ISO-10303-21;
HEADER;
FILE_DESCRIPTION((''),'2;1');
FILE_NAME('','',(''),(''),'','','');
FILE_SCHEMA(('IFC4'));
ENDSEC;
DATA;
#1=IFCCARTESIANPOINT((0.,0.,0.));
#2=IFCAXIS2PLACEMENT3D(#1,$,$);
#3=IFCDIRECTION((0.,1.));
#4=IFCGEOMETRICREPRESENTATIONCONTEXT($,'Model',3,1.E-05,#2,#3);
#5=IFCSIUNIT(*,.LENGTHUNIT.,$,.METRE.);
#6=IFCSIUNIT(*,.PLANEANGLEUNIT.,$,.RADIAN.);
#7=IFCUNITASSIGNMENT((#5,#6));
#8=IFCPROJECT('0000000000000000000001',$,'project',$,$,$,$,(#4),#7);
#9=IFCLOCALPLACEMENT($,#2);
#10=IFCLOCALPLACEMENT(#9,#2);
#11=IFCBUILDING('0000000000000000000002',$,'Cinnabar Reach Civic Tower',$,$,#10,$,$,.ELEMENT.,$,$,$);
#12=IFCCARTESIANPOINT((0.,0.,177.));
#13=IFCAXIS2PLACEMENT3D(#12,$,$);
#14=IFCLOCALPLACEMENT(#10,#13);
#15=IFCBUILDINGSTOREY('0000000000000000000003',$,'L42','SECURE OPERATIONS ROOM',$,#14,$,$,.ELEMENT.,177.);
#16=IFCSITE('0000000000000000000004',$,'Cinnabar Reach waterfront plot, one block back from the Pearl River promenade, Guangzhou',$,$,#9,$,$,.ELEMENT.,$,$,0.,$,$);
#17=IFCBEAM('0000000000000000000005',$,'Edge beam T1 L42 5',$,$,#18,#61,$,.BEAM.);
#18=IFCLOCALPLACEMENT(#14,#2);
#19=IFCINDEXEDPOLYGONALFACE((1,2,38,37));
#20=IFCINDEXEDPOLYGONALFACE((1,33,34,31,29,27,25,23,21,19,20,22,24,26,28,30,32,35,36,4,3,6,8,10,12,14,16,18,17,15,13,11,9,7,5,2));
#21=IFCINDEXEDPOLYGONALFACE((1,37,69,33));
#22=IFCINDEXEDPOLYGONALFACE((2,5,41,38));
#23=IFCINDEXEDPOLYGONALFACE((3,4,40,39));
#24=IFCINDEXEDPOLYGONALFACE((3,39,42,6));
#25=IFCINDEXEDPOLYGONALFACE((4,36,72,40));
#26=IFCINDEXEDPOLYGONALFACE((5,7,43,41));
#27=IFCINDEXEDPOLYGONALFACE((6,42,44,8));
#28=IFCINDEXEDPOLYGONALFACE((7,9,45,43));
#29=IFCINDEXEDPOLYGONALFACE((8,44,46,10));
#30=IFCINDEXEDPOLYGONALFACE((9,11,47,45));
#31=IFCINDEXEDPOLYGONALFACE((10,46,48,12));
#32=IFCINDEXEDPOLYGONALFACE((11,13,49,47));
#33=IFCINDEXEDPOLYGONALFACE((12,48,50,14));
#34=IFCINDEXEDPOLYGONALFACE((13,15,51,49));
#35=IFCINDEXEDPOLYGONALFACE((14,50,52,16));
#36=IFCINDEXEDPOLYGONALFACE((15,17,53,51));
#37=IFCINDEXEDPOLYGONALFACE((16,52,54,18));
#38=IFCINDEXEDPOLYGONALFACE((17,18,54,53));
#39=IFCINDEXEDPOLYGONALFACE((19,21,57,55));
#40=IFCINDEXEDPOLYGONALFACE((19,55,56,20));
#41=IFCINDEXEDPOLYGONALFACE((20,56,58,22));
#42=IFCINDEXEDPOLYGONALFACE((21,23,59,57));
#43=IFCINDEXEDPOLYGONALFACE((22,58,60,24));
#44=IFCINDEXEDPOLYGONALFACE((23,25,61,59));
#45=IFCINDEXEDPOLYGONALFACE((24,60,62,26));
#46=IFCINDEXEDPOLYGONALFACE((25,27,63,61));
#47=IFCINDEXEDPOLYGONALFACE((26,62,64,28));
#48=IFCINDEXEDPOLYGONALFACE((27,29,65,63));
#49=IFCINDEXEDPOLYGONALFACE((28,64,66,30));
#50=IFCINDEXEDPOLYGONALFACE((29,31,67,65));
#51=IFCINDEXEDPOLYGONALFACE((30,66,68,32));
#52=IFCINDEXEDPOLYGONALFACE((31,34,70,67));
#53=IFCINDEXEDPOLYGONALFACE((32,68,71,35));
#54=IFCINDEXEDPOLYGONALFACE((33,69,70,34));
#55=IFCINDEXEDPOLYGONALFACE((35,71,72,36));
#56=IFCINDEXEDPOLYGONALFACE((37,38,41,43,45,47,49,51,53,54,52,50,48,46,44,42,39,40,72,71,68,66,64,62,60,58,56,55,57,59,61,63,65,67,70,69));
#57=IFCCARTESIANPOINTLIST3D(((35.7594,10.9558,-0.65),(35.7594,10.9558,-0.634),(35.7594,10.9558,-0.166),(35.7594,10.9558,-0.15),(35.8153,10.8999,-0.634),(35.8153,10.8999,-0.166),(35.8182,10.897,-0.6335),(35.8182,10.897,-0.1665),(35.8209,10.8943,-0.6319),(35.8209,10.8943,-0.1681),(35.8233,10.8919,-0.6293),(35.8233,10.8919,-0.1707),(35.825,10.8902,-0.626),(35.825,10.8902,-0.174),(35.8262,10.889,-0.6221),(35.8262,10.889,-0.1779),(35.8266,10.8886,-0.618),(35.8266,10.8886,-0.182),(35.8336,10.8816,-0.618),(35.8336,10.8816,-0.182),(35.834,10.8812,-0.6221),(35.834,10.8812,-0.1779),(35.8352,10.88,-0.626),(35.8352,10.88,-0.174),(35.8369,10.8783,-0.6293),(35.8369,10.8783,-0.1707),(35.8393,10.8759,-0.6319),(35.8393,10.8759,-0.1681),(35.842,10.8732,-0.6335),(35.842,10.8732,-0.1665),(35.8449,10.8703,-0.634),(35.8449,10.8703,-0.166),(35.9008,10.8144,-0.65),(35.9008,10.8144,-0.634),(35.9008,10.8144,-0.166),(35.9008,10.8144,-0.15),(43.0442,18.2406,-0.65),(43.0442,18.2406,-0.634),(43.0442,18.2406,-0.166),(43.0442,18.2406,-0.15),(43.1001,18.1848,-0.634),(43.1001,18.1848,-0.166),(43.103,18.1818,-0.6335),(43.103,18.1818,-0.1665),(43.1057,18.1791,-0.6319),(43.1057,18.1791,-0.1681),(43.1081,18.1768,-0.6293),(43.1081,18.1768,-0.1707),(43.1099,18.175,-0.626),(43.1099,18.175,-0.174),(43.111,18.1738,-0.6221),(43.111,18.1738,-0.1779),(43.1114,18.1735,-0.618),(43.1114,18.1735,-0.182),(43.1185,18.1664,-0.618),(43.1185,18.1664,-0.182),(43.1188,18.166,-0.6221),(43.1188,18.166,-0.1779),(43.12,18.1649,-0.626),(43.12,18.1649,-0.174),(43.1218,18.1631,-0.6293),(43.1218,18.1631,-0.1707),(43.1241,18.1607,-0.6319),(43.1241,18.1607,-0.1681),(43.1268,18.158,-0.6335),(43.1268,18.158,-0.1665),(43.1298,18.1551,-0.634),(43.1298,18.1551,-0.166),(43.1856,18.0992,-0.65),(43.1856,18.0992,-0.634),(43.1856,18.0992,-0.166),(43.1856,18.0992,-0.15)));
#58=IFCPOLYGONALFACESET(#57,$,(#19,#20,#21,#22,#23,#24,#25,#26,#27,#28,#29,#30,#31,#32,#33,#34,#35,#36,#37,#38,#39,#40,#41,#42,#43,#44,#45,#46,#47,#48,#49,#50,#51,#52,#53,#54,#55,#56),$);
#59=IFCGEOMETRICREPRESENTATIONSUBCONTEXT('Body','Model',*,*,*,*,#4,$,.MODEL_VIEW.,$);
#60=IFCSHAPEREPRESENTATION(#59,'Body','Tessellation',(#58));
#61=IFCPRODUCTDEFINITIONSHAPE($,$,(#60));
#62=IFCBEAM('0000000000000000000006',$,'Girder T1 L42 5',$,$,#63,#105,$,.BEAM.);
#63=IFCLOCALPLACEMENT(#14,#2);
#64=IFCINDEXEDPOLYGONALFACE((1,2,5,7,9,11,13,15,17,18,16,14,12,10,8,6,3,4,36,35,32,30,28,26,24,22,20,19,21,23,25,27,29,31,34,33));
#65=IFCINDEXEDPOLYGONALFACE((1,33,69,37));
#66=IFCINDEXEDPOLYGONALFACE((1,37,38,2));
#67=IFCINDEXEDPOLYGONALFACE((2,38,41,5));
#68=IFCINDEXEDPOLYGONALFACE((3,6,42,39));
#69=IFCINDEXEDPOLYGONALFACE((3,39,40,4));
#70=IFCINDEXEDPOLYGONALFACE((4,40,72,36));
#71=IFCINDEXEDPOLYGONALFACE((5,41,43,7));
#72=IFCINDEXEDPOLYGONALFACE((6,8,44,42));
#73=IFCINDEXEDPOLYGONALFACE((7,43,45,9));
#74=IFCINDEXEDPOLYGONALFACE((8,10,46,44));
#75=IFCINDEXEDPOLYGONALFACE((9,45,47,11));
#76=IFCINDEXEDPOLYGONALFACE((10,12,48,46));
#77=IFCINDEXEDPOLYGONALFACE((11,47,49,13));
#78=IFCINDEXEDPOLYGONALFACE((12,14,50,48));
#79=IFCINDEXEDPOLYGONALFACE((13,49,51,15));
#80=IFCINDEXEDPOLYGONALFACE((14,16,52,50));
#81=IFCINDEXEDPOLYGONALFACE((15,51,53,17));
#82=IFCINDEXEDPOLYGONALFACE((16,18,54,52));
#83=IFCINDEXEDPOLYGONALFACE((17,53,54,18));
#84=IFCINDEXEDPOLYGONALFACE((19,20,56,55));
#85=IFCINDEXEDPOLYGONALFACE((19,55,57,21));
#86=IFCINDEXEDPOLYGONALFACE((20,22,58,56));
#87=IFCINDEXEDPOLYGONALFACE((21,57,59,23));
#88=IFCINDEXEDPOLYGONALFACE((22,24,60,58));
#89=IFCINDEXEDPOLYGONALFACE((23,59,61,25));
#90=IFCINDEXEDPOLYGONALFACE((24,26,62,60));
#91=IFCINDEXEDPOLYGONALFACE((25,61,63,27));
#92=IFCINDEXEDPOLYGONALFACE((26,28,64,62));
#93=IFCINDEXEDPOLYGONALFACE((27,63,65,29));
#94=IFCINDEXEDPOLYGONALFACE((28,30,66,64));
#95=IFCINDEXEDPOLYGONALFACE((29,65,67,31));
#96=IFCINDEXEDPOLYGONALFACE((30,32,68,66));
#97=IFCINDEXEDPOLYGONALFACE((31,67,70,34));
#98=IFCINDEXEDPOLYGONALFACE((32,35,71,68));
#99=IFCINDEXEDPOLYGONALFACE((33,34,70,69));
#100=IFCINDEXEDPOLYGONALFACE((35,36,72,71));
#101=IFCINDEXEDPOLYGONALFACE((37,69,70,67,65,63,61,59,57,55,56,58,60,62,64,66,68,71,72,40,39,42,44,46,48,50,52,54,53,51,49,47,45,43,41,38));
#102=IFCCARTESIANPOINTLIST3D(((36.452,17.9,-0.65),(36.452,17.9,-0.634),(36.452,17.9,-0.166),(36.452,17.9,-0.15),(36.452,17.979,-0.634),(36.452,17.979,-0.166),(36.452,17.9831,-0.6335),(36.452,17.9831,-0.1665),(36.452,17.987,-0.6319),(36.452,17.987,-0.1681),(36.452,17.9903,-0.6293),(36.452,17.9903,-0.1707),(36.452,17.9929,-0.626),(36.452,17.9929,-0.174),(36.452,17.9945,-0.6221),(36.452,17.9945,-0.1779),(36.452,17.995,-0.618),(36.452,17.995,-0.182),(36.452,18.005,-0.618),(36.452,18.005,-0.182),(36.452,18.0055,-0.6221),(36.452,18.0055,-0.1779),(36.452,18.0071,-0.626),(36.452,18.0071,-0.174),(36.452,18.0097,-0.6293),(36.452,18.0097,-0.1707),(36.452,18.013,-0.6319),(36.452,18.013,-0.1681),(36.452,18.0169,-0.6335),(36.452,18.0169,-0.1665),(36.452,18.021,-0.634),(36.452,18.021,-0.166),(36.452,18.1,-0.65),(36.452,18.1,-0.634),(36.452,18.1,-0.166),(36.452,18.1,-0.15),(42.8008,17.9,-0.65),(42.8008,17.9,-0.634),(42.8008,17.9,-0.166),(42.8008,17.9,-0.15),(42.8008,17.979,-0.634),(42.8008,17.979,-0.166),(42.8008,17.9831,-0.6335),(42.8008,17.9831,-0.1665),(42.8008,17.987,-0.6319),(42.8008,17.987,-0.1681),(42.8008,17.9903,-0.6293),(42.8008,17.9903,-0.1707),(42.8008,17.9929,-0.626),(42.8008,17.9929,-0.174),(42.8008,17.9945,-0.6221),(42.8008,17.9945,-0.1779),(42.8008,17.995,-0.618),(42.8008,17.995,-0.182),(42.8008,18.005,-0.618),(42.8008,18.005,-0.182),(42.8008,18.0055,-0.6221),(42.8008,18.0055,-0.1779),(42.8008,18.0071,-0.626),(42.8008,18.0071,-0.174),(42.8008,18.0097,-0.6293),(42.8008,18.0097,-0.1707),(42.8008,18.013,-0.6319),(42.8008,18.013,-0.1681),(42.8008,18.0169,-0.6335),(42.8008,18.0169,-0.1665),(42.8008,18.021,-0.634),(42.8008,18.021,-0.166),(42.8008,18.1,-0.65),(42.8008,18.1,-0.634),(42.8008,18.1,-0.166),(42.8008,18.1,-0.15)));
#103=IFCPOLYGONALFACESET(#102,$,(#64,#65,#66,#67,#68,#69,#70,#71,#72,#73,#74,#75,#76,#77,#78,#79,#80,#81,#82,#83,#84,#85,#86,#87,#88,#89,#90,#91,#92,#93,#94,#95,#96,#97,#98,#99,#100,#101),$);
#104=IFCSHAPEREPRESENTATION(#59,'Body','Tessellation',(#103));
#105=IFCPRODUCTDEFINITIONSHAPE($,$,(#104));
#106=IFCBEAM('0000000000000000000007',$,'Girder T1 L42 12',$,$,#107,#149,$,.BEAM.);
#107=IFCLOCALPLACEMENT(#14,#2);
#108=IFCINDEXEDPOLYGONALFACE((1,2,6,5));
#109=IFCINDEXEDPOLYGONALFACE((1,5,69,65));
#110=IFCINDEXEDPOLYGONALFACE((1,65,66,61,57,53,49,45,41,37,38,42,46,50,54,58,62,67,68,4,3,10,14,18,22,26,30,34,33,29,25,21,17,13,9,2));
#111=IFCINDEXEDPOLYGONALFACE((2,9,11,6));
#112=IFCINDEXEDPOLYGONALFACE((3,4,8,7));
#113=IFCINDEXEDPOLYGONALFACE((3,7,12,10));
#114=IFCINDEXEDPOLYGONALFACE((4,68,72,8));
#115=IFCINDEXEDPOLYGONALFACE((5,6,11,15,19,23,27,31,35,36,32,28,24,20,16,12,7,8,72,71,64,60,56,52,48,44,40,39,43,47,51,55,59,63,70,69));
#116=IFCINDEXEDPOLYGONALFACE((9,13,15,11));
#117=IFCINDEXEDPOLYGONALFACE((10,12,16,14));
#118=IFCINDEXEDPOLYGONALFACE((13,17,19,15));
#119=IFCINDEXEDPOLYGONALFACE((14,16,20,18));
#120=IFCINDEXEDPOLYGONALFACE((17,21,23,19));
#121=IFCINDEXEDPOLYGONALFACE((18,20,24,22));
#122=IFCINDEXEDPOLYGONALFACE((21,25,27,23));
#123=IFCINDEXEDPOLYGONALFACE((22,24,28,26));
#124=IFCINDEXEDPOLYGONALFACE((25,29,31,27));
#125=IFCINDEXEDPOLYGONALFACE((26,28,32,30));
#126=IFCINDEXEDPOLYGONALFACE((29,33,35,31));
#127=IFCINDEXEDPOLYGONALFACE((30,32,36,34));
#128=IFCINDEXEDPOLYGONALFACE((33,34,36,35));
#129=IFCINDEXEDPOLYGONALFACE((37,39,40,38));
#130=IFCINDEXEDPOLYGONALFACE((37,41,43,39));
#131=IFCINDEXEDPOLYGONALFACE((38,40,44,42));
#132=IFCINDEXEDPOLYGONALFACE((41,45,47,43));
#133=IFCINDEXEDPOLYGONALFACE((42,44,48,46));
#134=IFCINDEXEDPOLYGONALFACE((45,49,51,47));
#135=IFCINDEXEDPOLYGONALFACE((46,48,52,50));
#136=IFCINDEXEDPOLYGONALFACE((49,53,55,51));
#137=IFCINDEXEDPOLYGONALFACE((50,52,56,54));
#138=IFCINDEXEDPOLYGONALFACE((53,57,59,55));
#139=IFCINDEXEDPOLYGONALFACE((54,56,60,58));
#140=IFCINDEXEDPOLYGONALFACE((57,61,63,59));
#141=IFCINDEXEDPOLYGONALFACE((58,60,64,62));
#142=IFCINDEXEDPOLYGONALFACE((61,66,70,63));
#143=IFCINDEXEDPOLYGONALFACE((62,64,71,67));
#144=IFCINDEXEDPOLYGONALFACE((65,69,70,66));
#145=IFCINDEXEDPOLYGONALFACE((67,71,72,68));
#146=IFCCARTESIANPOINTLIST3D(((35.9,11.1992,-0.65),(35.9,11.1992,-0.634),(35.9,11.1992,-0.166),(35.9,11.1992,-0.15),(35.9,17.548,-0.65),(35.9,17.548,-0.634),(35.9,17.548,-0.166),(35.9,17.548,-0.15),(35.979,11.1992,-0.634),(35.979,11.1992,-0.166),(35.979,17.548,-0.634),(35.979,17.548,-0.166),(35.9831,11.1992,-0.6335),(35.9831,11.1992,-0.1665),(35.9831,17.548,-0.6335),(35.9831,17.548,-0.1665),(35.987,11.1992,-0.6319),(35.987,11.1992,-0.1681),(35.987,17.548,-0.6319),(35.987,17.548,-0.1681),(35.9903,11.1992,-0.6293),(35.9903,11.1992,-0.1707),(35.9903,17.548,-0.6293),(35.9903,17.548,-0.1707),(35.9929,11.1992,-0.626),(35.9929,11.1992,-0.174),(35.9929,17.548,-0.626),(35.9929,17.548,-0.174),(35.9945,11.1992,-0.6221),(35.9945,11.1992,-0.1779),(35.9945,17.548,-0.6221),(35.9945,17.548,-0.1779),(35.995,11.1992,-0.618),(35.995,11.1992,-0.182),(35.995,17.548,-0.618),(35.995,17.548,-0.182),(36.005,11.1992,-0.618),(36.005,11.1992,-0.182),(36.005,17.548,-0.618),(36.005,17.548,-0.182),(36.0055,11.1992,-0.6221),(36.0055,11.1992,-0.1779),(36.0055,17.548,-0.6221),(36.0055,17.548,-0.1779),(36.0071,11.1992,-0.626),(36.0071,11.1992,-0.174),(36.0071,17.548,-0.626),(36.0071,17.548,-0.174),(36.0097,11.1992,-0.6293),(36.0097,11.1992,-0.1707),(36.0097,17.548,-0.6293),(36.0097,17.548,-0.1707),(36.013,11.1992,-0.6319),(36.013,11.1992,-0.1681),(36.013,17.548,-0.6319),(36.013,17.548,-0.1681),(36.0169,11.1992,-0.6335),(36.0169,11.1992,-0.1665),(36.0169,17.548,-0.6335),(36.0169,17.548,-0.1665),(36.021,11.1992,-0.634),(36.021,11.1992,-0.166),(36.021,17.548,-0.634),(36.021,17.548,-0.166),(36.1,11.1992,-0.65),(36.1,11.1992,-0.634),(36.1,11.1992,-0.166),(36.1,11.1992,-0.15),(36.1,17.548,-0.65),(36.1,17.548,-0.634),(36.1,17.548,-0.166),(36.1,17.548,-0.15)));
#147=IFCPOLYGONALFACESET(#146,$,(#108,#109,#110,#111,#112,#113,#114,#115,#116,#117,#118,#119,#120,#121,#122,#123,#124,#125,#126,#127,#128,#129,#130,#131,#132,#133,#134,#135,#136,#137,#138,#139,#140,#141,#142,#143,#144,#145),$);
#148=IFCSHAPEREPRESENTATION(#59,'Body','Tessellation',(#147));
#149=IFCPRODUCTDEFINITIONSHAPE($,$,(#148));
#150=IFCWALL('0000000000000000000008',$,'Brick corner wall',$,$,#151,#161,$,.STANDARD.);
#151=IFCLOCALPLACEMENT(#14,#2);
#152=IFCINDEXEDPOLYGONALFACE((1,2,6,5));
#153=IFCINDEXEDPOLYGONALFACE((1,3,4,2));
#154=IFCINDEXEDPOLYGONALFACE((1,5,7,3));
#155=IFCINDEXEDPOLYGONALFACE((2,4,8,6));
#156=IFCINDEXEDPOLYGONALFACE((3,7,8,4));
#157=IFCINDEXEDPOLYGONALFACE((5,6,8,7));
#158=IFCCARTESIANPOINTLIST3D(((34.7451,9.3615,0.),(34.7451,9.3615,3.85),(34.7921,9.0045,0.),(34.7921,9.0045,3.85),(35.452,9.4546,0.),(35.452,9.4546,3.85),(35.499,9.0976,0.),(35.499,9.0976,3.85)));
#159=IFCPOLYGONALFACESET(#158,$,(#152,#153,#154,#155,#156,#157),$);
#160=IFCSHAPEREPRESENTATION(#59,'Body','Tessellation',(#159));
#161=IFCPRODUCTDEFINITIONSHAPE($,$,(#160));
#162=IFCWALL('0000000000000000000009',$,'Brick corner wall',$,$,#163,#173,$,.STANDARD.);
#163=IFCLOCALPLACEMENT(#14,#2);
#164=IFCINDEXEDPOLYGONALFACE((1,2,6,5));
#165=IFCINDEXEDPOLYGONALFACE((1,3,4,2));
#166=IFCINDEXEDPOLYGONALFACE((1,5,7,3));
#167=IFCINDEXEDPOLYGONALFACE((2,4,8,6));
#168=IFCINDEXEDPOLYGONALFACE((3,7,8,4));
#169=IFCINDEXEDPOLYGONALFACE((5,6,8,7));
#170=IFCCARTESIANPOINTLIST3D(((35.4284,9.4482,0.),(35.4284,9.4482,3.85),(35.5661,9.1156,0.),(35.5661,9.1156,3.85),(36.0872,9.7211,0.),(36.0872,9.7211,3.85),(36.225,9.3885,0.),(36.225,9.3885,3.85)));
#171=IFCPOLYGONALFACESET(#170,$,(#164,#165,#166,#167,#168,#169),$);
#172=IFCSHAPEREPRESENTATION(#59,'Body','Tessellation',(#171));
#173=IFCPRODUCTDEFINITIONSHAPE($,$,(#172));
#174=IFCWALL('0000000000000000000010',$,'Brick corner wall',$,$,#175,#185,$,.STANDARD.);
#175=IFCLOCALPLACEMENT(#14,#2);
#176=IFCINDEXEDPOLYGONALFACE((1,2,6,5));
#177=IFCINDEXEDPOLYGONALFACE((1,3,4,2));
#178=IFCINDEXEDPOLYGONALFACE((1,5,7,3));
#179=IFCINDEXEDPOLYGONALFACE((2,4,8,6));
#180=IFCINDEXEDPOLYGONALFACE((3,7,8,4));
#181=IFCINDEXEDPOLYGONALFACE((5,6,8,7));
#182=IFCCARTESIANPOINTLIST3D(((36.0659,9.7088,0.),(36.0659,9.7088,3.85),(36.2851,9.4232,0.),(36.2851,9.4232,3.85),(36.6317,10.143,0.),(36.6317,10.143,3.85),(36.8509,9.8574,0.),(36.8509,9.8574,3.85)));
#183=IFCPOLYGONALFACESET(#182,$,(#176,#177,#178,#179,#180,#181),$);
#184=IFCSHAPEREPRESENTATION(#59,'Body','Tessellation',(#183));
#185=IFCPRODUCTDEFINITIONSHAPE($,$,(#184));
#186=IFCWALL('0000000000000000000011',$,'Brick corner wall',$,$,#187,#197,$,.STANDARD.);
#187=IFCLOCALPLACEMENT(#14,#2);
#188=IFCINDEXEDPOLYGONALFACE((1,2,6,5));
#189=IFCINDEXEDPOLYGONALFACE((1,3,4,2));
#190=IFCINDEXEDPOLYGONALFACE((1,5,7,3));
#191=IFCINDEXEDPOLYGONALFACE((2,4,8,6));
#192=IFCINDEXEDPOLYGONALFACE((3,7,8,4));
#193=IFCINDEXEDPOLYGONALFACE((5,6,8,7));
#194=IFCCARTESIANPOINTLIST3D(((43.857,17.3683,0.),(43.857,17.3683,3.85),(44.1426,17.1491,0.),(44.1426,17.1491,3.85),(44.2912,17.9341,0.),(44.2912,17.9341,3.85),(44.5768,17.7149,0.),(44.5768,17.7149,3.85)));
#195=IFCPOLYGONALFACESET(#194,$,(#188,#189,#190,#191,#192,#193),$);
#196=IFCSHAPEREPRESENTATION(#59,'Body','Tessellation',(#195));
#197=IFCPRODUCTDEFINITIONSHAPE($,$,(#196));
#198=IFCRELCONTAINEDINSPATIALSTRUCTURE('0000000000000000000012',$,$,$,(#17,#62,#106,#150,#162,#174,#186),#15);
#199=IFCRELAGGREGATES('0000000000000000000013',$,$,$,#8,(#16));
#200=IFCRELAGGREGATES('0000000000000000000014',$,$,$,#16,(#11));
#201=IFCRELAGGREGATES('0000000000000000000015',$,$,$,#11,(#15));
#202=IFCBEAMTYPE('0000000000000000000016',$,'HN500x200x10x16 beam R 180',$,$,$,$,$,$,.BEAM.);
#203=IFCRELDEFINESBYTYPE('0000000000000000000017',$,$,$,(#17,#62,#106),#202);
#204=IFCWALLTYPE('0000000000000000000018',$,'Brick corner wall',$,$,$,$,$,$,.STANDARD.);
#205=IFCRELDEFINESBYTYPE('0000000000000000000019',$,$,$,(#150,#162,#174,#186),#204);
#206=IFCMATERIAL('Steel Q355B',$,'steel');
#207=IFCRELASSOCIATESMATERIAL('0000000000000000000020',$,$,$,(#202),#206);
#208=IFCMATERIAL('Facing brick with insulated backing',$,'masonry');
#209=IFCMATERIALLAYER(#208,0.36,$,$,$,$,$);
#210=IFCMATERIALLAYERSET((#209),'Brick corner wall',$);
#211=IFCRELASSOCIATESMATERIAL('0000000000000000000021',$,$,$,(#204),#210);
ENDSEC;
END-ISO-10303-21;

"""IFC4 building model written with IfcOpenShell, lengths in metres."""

from ifc_helpers import new_model, si_unit, direction, frame, frame_2d, origin, origin_2d, place, context, subcontext, project, spatial, rectangle, i_section, extrude, material, layer, layer_set, material_profile, profile_set, type_object, element, save


model = new_model("IFC4")

# Units and contexts
model_context = context("Model", 3, precision=1e-05, world=origin(), true_north=direction((0.0, 1.0)))
body_context = subcontext(model_context, "Body", "Model", "MODEL_VIEW")
ifc_project = project(units=[si_unit("LENGTHUNIT", "METRE"), si_unit("PLANEANGLEUNIT", "RADIAN")], contexts=[model_context])

# Site, building, storey
site_placement = place(None, origin())
site = spatial("IfcSite", under=ifc_project, at=site_placement, Name="Cinnabar Reach waterfront plot, one block back from the Pearl River promenade, Guangzhou", CompositionType="ELEMENT", RefElevation=0.0)
building_placement = place(site_placement, origin())
building = spatial("IfcBuilding", under=site, at=building_placement, Name="Cinnabar Reach Civic Tower", CompositionType="ELEMENT")
storey_placement = place(building_placement, frame((0.0, 0.0, 177.0)))
storey = spatial("IfcBuildingStorey", under=building, at=storey_placement, Name="L42", Description="SECURE OPERATIONS ROOM", CompositionType="ELEMENT", Elevation=177.0)

# Beams
ifc_material_1 = material(Name="Steel Q355B", Category="steel")
ifc_material_profile_1 = material_profile(ifc_material_1, i_section(OverallWidth=0.2, OverallDepth=0.5, WebThickness=0.01, FlangeThickness=0.016, FilletRadius=0.016, at=origin_2d()), Name="HN500x200x10x16")
ifc_profile_set_1 = profile_set([ifc_material_profile_1], Name="Steel Q355B")
beam_type_1 = type_object("IfcBeamType", Name="HN500x200x10x16 beam R 180", PredefinedType="BEAM", material=ifc_profile_set_1)
beam_1_placement = place(storey_placement, frame((35.8301, 10.8851, -0.4), z_axis=(0.707107, 0.707107, 0.0), x_axis=(-0.707107, 0.707107, 0.0)))
element("IfcBeam", 1, at=beam_1_placement, inside=storey, type_object=beam_type_1, Name="Edge beam T1 L42 5", PredefinedType="BEAM", context=body_context, shape_type="SweptSolid", body=[
    extrude(i_section(OverallWidth=0.2, OverallDepth=0.5, WebThickness=0.01, FlangeThickness=0.016, FilletRadius=0.016, at=origin_2d()), origin(), (0.0, 0.0, 1.0), 10.3023),
])
for number, where, z_axis, x_axis, name in (
    (2, (36.452, 18.0, -0.4), (1.0, 0.0, 0.0), (0.0, 1.0, 0.0), "Girder T1 L42 5"),
    (3, (36.0, 11.1992, -0.4), (0.0, 1.0, 0.0), (-1.0, 0.0, 0.0), "Girder T1 L42 12"),
):
    element("IfcBeam", number, at=place(storey_placement, frame(where, z_axis=z_axis, x_axis=x_axis)), inside=storey, type_object=beam_type_1, Name=name, PredefinedType="BEAM", context=body_context, shape_type="SweptSolid", body=[
        extrude(i_section(OverallWidth=0.2, OverallDepth=0.5, WebThickness=0.01, FlangeThickness=0.016, FilletRadius=0.016, at=origin_2d()), origin(), (0.0, 0.0, 1.0), 6.3488),
    ])

# Walls
ifc_material_2 = material(Name="Facing brick with insulated backing", Category="masonry")
ifc_layer_1 = layer(ifc_material_2, 0.36)
ifc_layer_set_1 = layer_set([ifc_layer_1], Name="Brick corner wall")
wall_type_1 = type_object("IfcWallType", Name="Brick corner wall", PredefinedType="STANDARD", material=ifc_layer_set_1)
for number, where, z_axis, x_axis, name in (
    (4, (34.7686, 9.183, 0.0), (0.0, 0.0, 1.0), (0.991441, 0.130556, 0.0), "Brick corner wall"),
    (5, (35.4973, 9.2819, 0.0), (0.0, 0.0, 1.0), (0.923872, 0.382703, 0.0), "Brick corner wall"),
):
    element("IfcWall", number, at=place(storey_placement, frame(where, z_axis=z_axis, x_axis=x_axis)), inside=storey, type_object=wall_type_1, Name=name, PredefinedType="STANDARD", context=body_context, shape_type="SweptSolid", body=[
        extrude(rectangle(XDim=0.7131, YDim=0.36, at=frame_2d((0.3565, 0.0))), origin(), (0.0, 0.0, 1.0), 3.85),
    ])
for number, where, z_axis, x_axis, name in (
    (6, (36.1755, 9.566, 0.0), (0.0, 0.0, 1.0), (0.793322, 0.608802, 0.0), "Brick corner wall"),
    (7, (43.9998, 17.2587, 0.0), (0.0, 0.0, 1.0), (0.608802, 0.793322, 0.0), "Brick corner wall"),
):
    element("IfcWall", number, at=place(storey_placement, frame(where, z_axis=z_axis, x_axis=x_axis)), inside=storey, type_object=wall_type_1, Name=name, PredefinedType="STANDARD", context=body_context, shape_type="SweptSolid", body=[
        extrude(rectangle(XDim=0.7132, YDim=0.36, at=frame_2d((0.3566, 0.0))), origin(), (0.0, 0.0, 1.0), 3.85),
    ])

save(model, "model.ifc")
